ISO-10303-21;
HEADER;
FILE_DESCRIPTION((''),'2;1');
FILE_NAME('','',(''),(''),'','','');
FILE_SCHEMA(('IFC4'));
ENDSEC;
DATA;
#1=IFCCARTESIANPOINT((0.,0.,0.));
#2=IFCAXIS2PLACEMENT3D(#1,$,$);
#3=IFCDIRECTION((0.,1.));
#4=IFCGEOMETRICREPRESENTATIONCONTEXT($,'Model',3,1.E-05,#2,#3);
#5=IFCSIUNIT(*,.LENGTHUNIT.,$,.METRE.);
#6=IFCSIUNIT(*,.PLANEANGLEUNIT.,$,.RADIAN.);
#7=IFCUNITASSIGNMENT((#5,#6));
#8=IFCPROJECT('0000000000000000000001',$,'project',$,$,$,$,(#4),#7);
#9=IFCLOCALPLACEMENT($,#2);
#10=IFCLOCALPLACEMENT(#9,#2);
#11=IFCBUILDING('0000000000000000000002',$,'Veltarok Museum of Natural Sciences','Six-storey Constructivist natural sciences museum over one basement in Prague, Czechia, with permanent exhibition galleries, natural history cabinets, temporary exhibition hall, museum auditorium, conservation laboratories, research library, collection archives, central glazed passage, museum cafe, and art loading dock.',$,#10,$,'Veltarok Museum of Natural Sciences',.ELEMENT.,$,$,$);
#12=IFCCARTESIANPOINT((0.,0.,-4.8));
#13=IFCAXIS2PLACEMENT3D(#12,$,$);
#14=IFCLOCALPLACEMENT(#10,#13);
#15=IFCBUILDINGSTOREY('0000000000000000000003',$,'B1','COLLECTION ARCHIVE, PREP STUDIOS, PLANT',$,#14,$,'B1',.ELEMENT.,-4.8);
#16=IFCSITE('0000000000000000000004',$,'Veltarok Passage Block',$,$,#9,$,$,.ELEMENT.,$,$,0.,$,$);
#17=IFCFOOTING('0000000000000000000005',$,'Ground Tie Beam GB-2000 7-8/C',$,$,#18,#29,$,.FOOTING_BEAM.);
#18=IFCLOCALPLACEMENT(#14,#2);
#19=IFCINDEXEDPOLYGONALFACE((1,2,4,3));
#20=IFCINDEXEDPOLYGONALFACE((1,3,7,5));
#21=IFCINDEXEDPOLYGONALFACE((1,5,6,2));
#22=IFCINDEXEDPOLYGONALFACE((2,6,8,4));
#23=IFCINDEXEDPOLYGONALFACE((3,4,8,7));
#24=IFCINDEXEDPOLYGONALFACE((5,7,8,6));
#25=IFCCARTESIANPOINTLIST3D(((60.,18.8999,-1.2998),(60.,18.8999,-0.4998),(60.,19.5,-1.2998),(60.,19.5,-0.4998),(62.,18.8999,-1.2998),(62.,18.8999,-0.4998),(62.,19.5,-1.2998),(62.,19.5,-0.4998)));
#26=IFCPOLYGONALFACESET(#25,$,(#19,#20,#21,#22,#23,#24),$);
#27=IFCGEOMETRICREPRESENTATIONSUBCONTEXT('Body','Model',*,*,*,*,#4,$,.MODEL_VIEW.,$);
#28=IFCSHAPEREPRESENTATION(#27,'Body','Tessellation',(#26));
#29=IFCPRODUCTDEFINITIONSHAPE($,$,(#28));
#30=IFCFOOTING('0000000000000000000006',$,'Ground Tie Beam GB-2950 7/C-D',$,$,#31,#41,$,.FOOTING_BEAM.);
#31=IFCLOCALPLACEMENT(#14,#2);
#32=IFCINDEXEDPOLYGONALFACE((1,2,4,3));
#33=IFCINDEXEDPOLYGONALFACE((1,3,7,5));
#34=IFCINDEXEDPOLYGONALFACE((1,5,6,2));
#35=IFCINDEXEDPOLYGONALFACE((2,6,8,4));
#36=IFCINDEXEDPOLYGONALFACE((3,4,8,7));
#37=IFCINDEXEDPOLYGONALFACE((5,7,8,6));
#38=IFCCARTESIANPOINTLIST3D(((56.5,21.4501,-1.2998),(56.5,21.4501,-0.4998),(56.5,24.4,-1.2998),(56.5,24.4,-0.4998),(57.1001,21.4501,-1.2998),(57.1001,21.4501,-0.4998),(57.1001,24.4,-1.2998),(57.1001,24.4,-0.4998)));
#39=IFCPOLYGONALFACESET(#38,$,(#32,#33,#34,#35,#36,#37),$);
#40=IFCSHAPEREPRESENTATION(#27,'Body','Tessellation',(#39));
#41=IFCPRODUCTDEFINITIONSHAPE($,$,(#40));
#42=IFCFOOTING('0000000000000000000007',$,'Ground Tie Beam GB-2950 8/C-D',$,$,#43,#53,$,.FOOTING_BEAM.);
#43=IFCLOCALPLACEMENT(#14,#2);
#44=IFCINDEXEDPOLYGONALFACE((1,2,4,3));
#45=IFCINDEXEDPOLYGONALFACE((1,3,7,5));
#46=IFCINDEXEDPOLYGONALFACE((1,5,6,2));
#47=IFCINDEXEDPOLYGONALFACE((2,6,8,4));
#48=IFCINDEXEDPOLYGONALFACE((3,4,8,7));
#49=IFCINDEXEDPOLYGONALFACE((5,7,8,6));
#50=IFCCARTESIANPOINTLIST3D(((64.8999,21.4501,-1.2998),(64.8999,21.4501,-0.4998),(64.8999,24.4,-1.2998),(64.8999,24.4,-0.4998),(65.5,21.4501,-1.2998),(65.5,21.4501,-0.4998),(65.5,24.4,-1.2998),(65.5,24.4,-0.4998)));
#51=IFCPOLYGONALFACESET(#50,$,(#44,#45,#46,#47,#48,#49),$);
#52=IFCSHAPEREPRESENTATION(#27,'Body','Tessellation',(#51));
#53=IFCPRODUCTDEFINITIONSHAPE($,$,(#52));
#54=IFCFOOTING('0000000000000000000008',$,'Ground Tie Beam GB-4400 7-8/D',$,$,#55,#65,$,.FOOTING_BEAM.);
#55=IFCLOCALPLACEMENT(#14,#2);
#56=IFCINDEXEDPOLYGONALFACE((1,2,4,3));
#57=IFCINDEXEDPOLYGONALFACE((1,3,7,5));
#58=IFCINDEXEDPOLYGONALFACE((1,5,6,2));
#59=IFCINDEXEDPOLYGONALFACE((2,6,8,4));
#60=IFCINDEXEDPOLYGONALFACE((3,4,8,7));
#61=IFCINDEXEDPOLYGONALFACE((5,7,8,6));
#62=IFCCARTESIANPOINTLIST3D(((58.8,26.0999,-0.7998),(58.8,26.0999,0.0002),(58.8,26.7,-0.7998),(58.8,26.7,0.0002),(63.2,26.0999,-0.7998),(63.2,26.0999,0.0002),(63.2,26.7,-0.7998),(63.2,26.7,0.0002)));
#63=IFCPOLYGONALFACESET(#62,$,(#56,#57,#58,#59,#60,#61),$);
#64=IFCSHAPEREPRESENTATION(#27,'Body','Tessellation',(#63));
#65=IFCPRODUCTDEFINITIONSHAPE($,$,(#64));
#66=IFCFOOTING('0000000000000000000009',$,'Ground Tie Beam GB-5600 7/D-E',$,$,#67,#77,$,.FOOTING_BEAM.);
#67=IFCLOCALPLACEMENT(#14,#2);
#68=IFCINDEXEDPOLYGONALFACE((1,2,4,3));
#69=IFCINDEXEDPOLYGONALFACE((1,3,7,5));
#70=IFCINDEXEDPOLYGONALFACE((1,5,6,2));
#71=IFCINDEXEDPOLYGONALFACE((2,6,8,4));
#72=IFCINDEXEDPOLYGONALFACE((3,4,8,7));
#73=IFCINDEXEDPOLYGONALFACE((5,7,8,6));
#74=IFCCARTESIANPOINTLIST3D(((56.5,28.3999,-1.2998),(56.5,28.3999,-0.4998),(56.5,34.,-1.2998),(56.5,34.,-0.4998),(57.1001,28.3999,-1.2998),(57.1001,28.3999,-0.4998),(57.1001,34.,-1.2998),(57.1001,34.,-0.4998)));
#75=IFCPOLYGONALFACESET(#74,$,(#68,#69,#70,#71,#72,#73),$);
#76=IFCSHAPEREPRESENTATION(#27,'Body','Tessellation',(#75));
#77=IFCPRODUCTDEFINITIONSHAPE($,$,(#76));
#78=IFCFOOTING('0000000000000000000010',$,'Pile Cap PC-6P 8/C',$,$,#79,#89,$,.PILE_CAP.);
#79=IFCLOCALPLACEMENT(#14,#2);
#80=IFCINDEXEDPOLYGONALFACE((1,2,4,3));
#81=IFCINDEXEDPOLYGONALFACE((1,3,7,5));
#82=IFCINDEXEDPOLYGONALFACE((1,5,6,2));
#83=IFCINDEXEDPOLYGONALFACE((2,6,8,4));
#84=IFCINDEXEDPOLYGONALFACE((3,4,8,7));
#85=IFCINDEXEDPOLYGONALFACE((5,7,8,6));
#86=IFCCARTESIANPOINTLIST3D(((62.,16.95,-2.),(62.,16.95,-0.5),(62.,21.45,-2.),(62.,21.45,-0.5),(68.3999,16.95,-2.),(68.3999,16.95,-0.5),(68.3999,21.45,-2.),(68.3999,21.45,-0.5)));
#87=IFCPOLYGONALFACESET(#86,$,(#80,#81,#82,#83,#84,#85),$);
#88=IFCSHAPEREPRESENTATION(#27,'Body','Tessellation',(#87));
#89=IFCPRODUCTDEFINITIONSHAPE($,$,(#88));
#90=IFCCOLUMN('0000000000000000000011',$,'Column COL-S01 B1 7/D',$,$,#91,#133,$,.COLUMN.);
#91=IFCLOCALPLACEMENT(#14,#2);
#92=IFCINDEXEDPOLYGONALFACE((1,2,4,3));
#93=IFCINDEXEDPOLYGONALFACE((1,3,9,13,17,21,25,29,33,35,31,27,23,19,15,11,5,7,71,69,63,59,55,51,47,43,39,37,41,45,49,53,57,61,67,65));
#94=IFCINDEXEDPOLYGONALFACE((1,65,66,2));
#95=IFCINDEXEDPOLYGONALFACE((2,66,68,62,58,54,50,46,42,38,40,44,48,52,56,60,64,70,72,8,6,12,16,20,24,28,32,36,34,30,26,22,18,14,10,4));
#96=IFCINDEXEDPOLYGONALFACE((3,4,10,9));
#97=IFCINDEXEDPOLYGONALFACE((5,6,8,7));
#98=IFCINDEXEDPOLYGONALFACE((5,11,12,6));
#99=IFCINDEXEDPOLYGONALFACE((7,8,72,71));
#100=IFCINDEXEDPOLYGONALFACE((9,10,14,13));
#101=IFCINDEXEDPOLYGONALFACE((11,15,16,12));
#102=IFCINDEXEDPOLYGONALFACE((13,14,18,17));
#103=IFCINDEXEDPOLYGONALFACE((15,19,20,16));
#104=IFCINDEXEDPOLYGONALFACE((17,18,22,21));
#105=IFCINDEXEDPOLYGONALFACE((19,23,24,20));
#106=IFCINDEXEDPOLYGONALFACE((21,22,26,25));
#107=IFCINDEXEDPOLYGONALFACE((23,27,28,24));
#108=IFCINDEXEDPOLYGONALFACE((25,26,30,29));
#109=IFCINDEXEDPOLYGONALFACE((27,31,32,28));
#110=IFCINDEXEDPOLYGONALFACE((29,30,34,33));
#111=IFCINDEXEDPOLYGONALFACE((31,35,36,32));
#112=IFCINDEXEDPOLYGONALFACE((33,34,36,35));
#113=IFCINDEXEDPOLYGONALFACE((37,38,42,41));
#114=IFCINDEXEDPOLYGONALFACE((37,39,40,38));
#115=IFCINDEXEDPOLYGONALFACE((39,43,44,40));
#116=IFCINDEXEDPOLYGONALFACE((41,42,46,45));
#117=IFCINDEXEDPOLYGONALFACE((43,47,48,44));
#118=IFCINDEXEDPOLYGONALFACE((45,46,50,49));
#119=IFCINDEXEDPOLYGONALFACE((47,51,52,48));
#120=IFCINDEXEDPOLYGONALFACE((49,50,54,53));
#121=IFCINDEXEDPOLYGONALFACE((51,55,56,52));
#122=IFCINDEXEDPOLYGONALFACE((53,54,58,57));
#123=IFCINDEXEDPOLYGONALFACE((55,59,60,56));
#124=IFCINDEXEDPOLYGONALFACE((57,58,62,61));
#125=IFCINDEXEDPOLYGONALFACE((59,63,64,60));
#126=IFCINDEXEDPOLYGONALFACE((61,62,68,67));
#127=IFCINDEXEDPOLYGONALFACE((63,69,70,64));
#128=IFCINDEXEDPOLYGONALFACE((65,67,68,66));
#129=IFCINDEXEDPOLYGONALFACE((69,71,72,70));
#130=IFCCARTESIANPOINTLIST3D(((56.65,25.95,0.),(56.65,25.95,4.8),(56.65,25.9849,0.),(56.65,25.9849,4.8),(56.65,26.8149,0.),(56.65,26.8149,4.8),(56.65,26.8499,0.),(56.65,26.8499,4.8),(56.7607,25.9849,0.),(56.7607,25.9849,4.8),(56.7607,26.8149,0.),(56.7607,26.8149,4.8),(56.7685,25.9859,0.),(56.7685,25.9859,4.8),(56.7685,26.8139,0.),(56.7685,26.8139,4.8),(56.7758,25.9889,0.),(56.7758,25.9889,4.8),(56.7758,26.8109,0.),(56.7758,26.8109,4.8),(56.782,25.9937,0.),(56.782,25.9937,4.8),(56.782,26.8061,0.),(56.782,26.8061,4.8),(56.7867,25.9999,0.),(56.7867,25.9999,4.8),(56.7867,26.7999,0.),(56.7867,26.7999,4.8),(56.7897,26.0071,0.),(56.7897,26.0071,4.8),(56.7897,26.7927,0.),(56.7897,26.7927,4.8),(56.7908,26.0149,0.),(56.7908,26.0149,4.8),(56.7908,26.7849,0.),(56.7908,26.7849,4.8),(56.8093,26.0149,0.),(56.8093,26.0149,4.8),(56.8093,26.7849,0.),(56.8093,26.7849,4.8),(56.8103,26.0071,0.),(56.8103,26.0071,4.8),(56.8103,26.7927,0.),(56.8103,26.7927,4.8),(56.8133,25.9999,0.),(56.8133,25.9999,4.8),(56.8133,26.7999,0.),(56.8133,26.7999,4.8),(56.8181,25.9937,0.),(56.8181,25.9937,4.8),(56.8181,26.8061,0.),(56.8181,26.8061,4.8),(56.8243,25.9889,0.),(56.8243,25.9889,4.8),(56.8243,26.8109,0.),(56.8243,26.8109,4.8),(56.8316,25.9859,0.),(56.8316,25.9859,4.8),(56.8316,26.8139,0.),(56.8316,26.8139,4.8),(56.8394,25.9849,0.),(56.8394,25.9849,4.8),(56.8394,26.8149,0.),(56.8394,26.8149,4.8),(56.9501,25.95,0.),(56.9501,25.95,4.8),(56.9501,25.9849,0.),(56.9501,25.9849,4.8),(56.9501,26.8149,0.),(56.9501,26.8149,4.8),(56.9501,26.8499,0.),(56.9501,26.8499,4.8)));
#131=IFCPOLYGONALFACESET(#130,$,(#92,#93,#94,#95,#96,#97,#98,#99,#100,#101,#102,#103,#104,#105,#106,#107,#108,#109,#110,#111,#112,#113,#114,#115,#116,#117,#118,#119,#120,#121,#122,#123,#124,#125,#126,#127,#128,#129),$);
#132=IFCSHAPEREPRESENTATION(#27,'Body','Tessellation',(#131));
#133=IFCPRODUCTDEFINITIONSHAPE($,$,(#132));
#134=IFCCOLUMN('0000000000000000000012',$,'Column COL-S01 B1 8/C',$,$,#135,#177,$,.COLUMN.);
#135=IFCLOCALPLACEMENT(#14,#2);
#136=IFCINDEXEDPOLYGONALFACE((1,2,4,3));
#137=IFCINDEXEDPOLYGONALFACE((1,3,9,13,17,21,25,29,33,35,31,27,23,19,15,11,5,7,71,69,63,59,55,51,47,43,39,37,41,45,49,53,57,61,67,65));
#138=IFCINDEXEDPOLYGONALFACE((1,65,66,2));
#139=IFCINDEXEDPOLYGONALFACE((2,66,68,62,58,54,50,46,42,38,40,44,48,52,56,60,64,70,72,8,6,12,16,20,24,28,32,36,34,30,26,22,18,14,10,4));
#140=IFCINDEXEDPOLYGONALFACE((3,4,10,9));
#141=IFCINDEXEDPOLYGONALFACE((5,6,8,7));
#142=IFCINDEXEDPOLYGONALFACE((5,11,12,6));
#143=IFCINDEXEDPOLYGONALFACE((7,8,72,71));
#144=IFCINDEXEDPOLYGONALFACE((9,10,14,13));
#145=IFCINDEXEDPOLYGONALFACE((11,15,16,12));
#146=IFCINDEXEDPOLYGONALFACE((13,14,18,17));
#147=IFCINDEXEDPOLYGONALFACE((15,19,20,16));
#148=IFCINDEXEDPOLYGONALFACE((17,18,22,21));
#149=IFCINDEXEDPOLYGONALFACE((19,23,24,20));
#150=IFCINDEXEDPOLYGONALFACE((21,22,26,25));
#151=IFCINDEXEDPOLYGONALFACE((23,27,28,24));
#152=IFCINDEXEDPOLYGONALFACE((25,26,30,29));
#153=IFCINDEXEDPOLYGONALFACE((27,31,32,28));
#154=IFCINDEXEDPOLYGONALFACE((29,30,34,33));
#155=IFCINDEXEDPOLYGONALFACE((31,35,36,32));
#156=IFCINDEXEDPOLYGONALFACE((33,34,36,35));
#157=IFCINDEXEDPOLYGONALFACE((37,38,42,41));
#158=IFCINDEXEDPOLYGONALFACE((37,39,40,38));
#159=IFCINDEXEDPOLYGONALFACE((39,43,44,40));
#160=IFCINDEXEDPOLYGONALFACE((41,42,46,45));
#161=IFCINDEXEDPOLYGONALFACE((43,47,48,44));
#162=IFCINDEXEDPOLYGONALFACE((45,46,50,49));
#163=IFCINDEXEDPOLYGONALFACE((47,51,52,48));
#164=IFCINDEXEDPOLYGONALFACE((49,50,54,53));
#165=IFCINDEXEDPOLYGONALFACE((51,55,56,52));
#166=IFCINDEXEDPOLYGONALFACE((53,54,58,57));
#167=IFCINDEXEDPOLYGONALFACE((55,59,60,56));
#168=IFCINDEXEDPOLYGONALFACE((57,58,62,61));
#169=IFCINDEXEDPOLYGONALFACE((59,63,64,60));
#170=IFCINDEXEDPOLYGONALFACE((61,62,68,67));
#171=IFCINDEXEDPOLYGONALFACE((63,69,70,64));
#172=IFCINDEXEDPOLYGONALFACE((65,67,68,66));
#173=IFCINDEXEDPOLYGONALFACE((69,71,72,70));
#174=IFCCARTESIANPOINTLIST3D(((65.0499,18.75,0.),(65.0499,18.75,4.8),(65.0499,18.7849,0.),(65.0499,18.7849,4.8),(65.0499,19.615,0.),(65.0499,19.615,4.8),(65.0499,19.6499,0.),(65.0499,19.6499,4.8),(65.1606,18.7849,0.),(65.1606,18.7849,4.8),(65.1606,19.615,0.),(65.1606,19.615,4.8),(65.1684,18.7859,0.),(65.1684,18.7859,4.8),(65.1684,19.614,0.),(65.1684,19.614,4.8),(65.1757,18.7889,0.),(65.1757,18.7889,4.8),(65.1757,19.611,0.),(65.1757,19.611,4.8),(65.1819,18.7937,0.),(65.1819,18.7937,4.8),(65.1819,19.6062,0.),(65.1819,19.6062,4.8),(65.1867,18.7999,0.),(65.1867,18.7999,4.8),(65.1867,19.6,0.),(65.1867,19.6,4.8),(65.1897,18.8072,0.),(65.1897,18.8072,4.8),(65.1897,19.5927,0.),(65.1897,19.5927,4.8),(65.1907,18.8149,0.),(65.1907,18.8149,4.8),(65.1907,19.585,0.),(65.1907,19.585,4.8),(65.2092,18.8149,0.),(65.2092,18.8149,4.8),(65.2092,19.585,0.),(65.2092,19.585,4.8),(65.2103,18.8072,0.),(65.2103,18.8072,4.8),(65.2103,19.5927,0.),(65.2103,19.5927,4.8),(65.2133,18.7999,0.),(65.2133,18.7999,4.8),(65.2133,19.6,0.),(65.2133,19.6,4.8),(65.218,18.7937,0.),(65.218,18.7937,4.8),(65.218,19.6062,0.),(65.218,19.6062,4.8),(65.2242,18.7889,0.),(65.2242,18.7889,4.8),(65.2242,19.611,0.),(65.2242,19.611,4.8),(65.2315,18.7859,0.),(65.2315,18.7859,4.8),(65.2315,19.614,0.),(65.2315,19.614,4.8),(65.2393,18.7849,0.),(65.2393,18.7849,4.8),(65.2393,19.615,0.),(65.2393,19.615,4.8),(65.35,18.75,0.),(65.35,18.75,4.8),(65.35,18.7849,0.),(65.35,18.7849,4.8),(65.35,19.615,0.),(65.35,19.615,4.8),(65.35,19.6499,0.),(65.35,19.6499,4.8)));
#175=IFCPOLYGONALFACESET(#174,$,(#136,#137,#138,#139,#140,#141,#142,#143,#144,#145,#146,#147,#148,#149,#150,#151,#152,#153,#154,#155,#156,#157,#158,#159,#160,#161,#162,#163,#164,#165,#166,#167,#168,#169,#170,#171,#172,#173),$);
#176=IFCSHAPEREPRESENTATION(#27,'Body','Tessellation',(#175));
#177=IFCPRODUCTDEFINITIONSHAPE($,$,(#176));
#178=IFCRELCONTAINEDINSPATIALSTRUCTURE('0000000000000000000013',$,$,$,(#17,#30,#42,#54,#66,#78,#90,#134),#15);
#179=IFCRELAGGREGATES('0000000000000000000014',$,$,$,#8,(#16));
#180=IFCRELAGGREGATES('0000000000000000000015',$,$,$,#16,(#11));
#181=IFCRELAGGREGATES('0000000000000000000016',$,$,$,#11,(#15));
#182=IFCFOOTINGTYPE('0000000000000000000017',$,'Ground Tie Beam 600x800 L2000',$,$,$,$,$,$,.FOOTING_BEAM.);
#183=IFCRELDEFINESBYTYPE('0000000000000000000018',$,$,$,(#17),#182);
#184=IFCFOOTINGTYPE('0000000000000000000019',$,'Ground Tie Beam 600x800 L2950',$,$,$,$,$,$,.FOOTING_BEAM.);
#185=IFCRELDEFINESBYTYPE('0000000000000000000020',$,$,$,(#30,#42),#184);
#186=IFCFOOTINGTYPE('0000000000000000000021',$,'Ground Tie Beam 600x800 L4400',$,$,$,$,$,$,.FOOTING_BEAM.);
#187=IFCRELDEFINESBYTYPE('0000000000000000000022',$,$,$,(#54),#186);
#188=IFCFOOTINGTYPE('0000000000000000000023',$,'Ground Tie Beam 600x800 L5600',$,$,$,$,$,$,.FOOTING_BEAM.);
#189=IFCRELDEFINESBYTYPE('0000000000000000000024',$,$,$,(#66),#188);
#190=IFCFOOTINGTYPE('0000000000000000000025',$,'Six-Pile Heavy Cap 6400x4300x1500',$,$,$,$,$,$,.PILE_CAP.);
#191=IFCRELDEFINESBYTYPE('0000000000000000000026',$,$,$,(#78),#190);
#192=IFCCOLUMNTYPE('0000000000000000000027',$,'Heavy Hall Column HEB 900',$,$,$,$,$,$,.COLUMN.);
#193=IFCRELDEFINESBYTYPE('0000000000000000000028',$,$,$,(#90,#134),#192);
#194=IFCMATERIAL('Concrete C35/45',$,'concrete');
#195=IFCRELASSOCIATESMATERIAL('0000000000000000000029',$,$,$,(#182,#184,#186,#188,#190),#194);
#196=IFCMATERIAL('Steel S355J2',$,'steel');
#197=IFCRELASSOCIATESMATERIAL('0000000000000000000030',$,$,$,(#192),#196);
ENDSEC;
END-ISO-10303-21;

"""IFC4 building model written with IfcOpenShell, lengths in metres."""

from ifc_helpers import new_model, si_unit, direction, frame, origin, origin_2d, place, context, subcontext, project, spatial, rectangle, i_section, extrude, material, material_profile, profile_set, type_object, element, save


model = new_model("IFC4")

# Units and contexts
model_context = context("Model", 3, precision=1e-05, world=origin(), true_north=direction((0.0, 1.0)))
body_context = subcontext(model_context, "Body", "Model", "MODEL_VIEW")
ifc_project = project(units=[si_unit("LENGTHUNIT", "METRE"), si_unit("PLANEANGLEUNIT", "RADIAN")], contexts=[model_context])

# Site, building, storey
site_placement = place(None, origin())
site = spatial("IfcSite", under=ifc_project, at=site_placement, Name="Veltarok Passage Block", CompositionType="ELEMENT", RefElevation=0.0)
building_placement = place(site_placement, origin())
building = spatial("IfcBuilding", under=site, at=building_placement, Name="Veltarok Museum of Natural Sciences", Description="Six-storey Constructivist natural sciences museum over one basement in Prague, Czechia, with permanent exhibition galleries, natural history cabinets, temporary exhibition hall, museum auditorium, conservation laboratories, research library, collection archives, central glazed passage, museum cafe, and art loading dock.", LongName="Veltarok Museum of Natural Sciences", CompositionType="ELEMENT")
storey_placement = place(building_placement, frame((0.0, 0.0, -4.8)))
storey = spatial("IfcBuildingStorey", under=building, at=storey_placement, Name="B1", Description="COLLECTION ARCHIVE, PREP STUDIOS, PLANT", LongName="B1", CompositionType="ELEMENT", Elevation=-4.8)

# Shared definitions
ifc_material_1 = material(Name="Concrete C35/45", Category="concrete")

# Footings
footing_type_1 = type_object("IfcFootingType", Name="Ground Tie Beam 600x800 L2000", PredefinedType="FOOTING_BEAM", material=ifc_material_1)
footing_1_placement = place(storey_placement, frame((61.0, 19.2, -1.2998), z_axis=(0.0, 0.0, 1.0), x_axis=(1.0, 0.0, 0.0)))
element("IfcFooting", 1, at=footing_1_placement, inside=storey, type_object=footing_type_1, Name="Ground Tie Beam GB-2000 7-8/C", PredefinedType="FOOTING_BEAM", context=body_context, shape_type="SweptSolid", body=[
    extrude(rectangle(XDim=2.0, YDim=0.6001, at=origin_2d()), origin(), (0.0, 0.0, 1.0), 0.8),
])
footing_type_2 = type_object("IfcFootingType", Name="Ground Tie Beam 600x800 L2950", PredefinedType="FOOTING_BEAM", material=ifc_material_1)
for number, where, z_axis, x_axis, name in (
    (2, (56.8, 22.925, -1.2998), (0.0, 0.0, 1.0), (0.0, 1.0, 0.0), "Ground Tie Beam GB-2950 7/C-D"),
    (3, (65.2, 22.925, -1.2998), (0.0, 0.0, 1.0), (0.0, 1.0, 0.0), "Ground Tie Beam GB-2950 8/C-D"),
):
    element("IfcFooting", number, at=place(storey_placement, frame(where, z_axis=z_axis, x_axis=x_axis)), inside=storey, type_object=footing_type_2, Name=name, PredefinedType="FOOTING_BEAM", context=body_context, shape_type="SweptSolid", body=[
        extrude(rectangle(XDim=2.95, YDim=0.6001, at=origin_2d()), origin(), (0.0, 0.0, 1.0), 0.8),
    ])
footing_type_3 = type_object("IfcFootingType", Name="Ground Tie Beam 600x800 L4400", PredefinedType="FOOTING_BEAM", material=ifc_material_1)
footing_2_placement = place(storey_placement, frame((61.0, 26.3999, -0.7998), z_axis=(0.0, 0.0, 1.0), x_axis=(1.0, 0.0, 0.0)))
element("IfcFooting", 4, at=footing_2_placement, inside=storey, type_object=footing_type_3, Name="Ground Tie Beam GB-4400 7-8/D", PredefinedType="FOOTING_BEAM", context=body_context, shape_type="SweptSolid", body=[
    extrude(rectangle(XDim=4.3999, YDim=0.6001, at=origin_2d()), origin(), (0.0, 0.0, 1.0), 0.8),
])
footing_type_4 = type_object("IfcFootingType", Name="Ground Tie Beam 600x800 L5600", PredefinedType="FOOTING_BEAM", material=ifc_material_1)
footing_3_placement = place(storey_placement, frame((56.8, 31.2, -1.2998), z_axis=(0.0, 0.0, 1.0), x_axis=(0.0, 1.0, 0.0)))
element("IfcFooting", 5, at=footing_3_placement, inside=storey, type_object=footing_type_4, Name="Ground Tie Beam GB-5600 7/D-E", PredefinedType="FOOTING_BEAM", context=body_context, shape_type="SweptSolid", body=[
    extrude(rectangle(XDim=5.6001, YDim=0.6001, at=origin_2d()), origin(), (0.0, 0.0, 1.0), 0.8),
])
footing_type_5 = type_object("IfcFootingType", Name="Six-Pile Heavy Cap 6400x4300x1500", PredefinedType="PILE_CAP", material=ifc_material_1)
footing_4_placement = place(storey_placement, frame((65.2, 19.2, -2.0), z_axis=(0.0, 0.0, 1.0), x_axis=(1.0, 0.0, 0.0)))
element("IfcFooting", 6, at=footing_4_placement, inside=storey, type_object=footing_type_5, Name="Pile Cap PC-6P 8/C", PredefinedType="PILE_CAP", context=body_context, shape_type="SweptSolid", body=[
    extrude(rectangle(XDim=6.3999, YDim=4.5, at=origin_2d()), origin(), (0.0, 0.0, 1.0), 1.5),
])

# Columns
ifc_material_2 = material(Name="Steel S355J2", Category="steel")
ifc_material_profile_1 = material_profile(ifc_material_2, i_section(OverallWidth=0.3, OverallDepth=0.8999, WebThickness=0.0186, FlangeThickness=0.0349, FilletRadius=0.03, at=origin_2d()), Name="HEB 900")
ifc_profile_set_1 = profile_set([ifc_material_profile_1], Name="Steel S355J2")
column_type = type_object("IfcColumnType", Name="Heavy Hall Column HEB 900", PredefinedType="COLUMN", material=ifc_profile_set_1)
for number, where, z_axis, x_axis, name in (
    (7, (56.8, 26.3999, 0.0), (0.0, 0.0, 1.0), (1.0, 0.0, 0.0), "Column COL-S01 B1 7/D"),
    (8, (65.2, 19.2, 0.0), (0.0, 0.0, 1.0), (1.0, 0.0, 0.0), "Column COL-S01 B1 8/C"),
):
    element("IfcColumn", number, at=place(storey_placement, frame(where, z_axis=z_axis, x_axis=x_axis)), inside=storey, type_object=column_type, Name=name, PredefinedType="COLUMN", context=body_context, shape_type="SweptSolid", body=[
        extrude(i_section(OverallWidth=0.3, OverallDepth=0.8999, WebThickness=0.0186, FlangeThickness=0.0349, FilletRadius=0.03, at=origin_2d()), origin(), (0.0, 0.0, 1.0), 4.8),
    ])

save(model, "model.ifc")
